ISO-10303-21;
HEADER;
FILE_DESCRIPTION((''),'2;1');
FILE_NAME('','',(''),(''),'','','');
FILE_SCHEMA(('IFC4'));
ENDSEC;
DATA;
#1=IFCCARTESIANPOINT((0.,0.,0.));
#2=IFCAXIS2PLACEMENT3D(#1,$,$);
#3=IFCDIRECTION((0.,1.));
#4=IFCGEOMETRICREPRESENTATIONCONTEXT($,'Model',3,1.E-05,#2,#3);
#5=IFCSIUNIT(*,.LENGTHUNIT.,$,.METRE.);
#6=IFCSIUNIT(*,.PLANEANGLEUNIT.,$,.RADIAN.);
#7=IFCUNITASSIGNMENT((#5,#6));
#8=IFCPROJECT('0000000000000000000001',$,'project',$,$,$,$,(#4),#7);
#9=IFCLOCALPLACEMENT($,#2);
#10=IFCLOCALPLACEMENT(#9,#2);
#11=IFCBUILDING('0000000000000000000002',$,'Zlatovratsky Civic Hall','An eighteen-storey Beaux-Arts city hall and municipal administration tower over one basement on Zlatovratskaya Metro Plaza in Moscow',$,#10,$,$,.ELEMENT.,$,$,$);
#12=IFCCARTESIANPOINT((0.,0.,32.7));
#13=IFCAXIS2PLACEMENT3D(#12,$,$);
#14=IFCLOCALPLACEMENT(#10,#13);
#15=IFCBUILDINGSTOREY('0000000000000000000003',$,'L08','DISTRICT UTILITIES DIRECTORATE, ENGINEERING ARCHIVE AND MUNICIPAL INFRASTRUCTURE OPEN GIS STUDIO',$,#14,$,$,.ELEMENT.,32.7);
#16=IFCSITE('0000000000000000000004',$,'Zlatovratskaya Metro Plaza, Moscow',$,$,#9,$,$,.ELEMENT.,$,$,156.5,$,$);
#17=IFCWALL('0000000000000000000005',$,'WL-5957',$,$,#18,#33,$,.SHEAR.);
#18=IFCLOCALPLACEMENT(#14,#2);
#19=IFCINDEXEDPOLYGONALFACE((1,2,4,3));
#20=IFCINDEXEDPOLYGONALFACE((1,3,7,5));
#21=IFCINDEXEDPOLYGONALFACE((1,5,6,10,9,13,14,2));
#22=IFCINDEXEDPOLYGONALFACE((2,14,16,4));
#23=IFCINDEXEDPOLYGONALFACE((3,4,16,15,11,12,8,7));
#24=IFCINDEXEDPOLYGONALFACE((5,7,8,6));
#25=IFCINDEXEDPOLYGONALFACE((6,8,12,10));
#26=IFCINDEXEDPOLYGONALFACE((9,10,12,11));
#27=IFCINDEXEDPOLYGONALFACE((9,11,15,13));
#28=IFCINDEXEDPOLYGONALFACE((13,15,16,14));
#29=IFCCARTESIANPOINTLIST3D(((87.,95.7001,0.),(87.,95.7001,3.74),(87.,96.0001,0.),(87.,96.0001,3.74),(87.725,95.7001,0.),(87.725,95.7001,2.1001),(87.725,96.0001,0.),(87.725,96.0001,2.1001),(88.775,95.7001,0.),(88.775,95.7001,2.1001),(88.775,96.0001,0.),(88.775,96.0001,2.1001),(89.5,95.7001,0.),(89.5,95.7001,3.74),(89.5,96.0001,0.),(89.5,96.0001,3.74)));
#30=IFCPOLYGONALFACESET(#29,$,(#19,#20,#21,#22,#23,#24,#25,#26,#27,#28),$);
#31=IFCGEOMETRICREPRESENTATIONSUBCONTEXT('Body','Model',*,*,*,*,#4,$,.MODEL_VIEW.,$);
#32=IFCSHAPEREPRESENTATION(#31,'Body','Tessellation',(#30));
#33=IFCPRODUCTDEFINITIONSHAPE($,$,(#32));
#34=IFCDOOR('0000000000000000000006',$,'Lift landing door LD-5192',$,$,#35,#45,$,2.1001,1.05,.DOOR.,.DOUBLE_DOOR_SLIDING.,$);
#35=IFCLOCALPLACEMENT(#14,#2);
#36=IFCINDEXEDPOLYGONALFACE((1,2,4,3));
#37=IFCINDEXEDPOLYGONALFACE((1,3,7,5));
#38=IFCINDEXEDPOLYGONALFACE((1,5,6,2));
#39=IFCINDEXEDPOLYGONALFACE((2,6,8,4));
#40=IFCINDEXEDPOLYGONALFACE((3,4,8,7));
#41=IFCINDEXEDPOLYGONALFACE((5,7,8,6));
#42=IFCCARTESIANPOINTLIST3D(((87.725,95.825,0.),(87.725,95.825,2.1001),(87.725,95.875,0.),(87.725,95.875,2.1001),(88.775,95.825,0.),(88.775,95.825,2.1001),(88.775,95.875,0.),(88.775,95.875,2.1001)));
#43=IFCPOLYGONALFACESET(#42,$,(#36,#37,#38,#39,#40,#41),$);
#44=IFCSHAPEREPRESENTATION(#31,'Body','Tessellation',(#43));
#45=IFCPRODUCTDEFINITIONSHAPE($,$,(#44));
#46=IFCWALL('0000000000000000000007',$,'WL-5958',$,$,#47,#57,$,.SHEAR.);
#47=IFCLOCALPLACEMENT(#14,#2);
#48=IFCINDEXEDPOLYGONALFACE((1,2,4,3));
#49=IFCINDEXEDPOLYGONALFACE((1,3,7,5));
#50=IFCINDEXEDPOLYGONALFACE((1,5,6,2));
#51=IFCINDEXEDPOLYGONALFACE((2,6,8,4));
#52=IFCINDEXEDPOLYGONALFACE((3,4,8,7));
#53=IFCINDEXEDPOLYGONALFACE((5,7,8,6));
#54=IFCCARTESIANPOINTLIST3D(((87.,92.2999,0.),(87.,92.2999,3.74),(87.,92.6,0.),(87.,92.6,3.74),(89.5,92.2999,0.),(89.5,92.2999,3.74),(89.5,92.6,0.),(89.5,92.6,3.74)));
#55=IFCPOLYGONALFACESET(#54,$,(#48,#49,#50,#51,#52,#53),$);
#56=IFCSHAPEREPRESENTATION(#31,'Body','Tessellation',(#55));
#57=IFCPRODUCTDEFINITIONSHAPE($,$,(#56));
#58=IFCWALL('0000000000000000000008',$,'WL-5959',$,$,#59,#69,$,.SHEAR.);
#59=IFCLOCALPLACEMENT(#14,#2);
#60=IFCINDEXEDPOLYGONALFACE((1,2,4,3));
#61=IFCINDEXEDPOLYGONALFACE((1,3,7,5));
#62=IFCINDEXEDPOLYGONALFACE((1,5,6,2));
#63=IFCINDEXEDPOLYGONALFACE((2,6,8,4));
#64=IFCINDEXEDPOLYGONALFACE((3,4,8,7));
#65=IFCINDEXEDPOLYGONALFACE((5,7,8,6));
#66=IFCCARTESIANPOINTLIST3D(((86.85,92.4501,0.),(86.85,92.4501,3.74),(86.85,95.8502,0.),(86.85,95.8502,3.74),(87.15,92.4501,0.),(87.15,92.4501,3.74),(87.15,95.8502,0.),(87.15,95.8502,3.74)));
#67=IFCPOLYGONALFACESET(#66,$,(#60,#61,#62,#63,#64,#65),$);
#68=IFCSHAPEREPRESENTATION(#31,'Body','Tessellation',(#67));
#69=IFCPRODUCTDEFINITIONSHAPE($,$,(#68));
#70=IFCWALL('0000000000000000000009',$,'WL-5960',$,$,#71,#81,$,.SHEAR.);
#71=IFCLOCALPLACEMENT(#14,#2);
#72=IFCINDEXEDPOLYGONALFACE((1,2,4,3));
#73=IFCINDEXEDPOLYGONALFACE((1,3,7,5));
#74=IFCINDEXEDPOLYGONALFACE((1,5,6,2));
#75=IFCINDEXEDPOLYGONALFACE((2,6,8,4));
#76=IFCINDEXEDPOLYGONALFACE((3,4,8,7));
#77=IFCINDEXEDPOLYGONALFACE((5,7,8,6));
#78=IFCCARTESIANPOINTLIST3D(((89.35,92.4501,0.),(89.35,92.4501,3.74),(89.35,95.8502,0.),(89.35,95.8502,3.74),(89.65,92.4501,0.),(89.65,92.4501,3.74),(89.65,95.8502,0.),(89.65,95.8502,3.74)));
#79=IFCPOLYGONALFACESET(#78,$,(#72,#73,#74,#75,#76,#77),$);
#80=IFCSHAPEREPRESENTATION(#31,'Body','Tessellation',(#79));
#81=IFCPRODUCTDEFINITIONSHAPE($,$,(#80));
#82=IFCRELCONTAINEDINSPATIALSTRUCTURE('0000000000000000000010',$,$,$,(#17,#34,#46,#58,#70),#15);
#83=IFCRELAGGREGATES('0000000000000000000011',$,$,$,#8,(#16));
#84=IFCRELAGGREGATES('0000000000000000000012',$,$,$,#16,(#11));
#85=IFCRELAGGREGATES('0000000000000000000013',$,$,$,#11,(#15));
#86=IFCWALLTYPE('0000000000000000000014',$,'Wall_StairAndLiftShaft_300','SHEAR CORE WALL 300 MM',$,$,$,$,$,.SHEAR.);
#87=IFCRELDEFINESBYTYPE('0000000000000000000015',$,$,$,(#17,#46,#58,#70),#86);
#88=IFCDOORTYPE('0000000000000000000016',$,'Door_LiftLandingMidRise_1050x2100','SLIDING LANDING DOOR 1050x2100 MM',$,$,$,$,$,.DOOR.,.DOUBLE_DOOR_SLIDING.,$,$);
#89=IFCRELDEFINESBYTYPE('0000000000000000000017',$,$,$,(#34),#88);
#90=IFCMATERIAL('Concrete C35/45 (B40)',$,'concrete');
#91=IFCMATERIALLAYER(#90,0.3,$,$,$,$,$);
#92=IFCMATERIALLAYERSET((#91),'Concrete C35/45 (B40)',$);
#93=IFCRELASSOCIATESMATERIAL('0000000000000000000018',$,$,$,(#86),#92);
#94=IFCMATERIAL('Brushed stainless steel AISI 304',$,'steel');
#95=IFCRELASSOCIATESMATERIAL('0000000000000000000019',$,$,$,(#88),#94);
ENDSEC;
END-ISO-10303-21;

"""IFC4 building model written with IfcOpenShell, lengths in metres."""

from ifc_helpers import new_model, si_unit, direction, frame, frame_2d, origin, place, context, subcontext, project, spatial, rectangle, extrude, material, layer, layer_set, type_object, element, fill, save


model = new_model("IFC4")

# Units and contexts
model_context = context("Model", 3, precision=1e-05, world=origin(), true_north=direction((0.0, 1.0)))
body_context = subcontext(model_context, "Body", "Model", "MODEL_VIEW")
ifc_project = project(units=[si_unit("LENGTHUNIT", "METRE"), si_unit("PLANEANGLEUNIT", "RADIAN")], contexts=[model_context])

# Site, building, storey
site_placement = place(None, origin())
site = spatial("IfcSite", under=ifc_project, at=site_placement, Name="Zlatovratskaya Metro Plaza, Moscow", CompositionType="ELEMENT", RefElevation=156.5)
building_placement = place(site_placement, origin())
building = spatial("IfcBuilding", under=site, at=building_placement, Name="Zlatovratsky Civic Hall", Description="An eighteen-storey Beaux-Arts city hall and municipal administration tower over one basement on Zlatovratskaya Metro Plaza in Moscow", CompositionType="ELEMENT")
storey_placement = place(building_placement, frame((0.0, 0.0, 32.7)))
storey = spatial("IfcBuildingStorey", under=building, at=storey_placement, Name="L08", Description="DISTRICT UTILITIES DIRECTORATE, ENGINEERING ARCHIVE AND MUNICIPAL INFRASTRUCTURE OPEN GIS STUDIO", CompositionType="ELEMENT", Elevation=32.7)

# Shared definitions
ifc_material_1 = material(Name="Concrete C35/45 (B40)", Category="concrete")

# Shared definitions
ifc_layer_1 = layer(ifc_material_1, 0.3)
ifc_layer_set_1 = layer_set([ifc_layer_1], Name="Concrete C35/45 (B40)")
wall_type_1 = type_object("IfcWallType", Name="Wall_StairAndLiftShaft_300", Description="SHEAR CORE WALL 300 MM", PredefinedType="SHEAR", material=ifc_layer_set_1)

# Shared definitions
ifc_material_2 = material(Name="Brushed stainless steel AISI 304", Category="steel")
door_type = type_object("IfcDoorType", Name="Door_LiftLandingMidRise_1050x2100", Description="SLIDING LANDING DOOR 1050x2100 MM", OperationType="DOUBLE_DOOR_SLIDING", PredefinedType="DOOR", material=ifc_material_2)

# Wall, opening, door
wall_1_placement = place(storey_placement, frame((87.0, 95.8501, 0.0), z_axis=(0.0, 0.0, 1.0), x_axis=(1.0, 0.0, 0.0)))
wall_1 = element("IfcWall", 1, at=wall_1_placement, inside=storey, type_object=wall_type_1, Name="WL-5957", PredefinedType="SHEAR", context=body_context, shape_type="SweptSolid", body=[
    extrude(rectangle(XDim=2.5, YDim=0.3, at=frame_2d((1.25, 0.0))), origin(), (0.0, 0.0, 1.0), 3.74),
])
opening_1_placement = place(wall_1_placement, frame((0.7251, 0.0, 0.0)))
opening_1 = element("IfcOpeningElement", 2, at=opening_1_placement, cuts=wall_1, PredefinedType="OPENING", context=body_context, shape_type="SweptSolid", body=[
    extrude(rectangle(XDim=1.05, YDim=2.1001, at=frame_2d((0.5249, 1.05))), frame((0.0, 0.165, 0.0), z_axis=(0.0, -1.0, 0.0), x_axis=(1.0, 0.0, 0.0)), (0.0, 0.0, 1.0), 0.3298),
])
door_1_placement = place(opening_1_placement, origin())
door_1 = element("IfcDoor", 3, at=door_1_placement, inside=storey, type_object=door_type, Name="Lift landing door LD-5192", OperationType="DOUBLE_DOOR_SLIDING", OverallHeight=2.1001, OverallWidth=1.05, PredefinedType="DOOR", context=body_context, shape_type="SweptSolid", body=[
    extrude(rectangle(XDim=1.05, YDim=2.1001, at=frame_2d((0.5249, 1.05))), frame((0.0, 0.0249, 0.0), z_axis=(0.0, -1.0, 0.0), x_axis=(1.0, 0.0, 0.0)), (0.0, 0.0, 1.0), 0.05),
])
fill(opening_1, door_1)

# Walls
wall_2_placement = place(storey_placement, frame((87.0, 92.45, 0.0), z_axis=(0.0, 0.0, 1.0), x_axis=(1.0, 0.0, 0.0)))
element("IfcWall", 4, at=wall_2_placement, inside=storey, type_object=wall_type_1, Name="WL-5958", PredefinedType="SHEAR", context=body_context, shape_type="SweptSolid", body=[
    extrude(rectangle(XDim=2.5, YDim=0.3, at=frame_2d((1.25, 0.0))), origin(), (0.0, 0.0, 1.0), 3.74),
])
for number, where, z_axis, x_axis, name in (
    (5, (87.0, 92.45, 0.0), (0.0, 0.0, 1.0), (0.0, 1.0, 0.0), "WL-5959"),
    (6, (89.5, 92.45, 0.0), (0.0, 0.0, 1.0), (0.0, 1.0, 0.0), "WL-5960"),
):
    element("IfcWall", number, at=place(storey_placement, frame(where, z_axis=z_axis, x_axis=x_axis)), inside=storey, type_object=wall_type_1, Name=name, PredefinedType="SHEAR", context=body_context, shape_type="SweptSolid", body=[
        extrude(rectangle(XDim=3.4001, YDim=0.3, at=frame_2d((1.7002, 0.0))), origin(), (0.0, 0.0, 1.0), 3.74),
    ])

save(model, "model.ifc")
